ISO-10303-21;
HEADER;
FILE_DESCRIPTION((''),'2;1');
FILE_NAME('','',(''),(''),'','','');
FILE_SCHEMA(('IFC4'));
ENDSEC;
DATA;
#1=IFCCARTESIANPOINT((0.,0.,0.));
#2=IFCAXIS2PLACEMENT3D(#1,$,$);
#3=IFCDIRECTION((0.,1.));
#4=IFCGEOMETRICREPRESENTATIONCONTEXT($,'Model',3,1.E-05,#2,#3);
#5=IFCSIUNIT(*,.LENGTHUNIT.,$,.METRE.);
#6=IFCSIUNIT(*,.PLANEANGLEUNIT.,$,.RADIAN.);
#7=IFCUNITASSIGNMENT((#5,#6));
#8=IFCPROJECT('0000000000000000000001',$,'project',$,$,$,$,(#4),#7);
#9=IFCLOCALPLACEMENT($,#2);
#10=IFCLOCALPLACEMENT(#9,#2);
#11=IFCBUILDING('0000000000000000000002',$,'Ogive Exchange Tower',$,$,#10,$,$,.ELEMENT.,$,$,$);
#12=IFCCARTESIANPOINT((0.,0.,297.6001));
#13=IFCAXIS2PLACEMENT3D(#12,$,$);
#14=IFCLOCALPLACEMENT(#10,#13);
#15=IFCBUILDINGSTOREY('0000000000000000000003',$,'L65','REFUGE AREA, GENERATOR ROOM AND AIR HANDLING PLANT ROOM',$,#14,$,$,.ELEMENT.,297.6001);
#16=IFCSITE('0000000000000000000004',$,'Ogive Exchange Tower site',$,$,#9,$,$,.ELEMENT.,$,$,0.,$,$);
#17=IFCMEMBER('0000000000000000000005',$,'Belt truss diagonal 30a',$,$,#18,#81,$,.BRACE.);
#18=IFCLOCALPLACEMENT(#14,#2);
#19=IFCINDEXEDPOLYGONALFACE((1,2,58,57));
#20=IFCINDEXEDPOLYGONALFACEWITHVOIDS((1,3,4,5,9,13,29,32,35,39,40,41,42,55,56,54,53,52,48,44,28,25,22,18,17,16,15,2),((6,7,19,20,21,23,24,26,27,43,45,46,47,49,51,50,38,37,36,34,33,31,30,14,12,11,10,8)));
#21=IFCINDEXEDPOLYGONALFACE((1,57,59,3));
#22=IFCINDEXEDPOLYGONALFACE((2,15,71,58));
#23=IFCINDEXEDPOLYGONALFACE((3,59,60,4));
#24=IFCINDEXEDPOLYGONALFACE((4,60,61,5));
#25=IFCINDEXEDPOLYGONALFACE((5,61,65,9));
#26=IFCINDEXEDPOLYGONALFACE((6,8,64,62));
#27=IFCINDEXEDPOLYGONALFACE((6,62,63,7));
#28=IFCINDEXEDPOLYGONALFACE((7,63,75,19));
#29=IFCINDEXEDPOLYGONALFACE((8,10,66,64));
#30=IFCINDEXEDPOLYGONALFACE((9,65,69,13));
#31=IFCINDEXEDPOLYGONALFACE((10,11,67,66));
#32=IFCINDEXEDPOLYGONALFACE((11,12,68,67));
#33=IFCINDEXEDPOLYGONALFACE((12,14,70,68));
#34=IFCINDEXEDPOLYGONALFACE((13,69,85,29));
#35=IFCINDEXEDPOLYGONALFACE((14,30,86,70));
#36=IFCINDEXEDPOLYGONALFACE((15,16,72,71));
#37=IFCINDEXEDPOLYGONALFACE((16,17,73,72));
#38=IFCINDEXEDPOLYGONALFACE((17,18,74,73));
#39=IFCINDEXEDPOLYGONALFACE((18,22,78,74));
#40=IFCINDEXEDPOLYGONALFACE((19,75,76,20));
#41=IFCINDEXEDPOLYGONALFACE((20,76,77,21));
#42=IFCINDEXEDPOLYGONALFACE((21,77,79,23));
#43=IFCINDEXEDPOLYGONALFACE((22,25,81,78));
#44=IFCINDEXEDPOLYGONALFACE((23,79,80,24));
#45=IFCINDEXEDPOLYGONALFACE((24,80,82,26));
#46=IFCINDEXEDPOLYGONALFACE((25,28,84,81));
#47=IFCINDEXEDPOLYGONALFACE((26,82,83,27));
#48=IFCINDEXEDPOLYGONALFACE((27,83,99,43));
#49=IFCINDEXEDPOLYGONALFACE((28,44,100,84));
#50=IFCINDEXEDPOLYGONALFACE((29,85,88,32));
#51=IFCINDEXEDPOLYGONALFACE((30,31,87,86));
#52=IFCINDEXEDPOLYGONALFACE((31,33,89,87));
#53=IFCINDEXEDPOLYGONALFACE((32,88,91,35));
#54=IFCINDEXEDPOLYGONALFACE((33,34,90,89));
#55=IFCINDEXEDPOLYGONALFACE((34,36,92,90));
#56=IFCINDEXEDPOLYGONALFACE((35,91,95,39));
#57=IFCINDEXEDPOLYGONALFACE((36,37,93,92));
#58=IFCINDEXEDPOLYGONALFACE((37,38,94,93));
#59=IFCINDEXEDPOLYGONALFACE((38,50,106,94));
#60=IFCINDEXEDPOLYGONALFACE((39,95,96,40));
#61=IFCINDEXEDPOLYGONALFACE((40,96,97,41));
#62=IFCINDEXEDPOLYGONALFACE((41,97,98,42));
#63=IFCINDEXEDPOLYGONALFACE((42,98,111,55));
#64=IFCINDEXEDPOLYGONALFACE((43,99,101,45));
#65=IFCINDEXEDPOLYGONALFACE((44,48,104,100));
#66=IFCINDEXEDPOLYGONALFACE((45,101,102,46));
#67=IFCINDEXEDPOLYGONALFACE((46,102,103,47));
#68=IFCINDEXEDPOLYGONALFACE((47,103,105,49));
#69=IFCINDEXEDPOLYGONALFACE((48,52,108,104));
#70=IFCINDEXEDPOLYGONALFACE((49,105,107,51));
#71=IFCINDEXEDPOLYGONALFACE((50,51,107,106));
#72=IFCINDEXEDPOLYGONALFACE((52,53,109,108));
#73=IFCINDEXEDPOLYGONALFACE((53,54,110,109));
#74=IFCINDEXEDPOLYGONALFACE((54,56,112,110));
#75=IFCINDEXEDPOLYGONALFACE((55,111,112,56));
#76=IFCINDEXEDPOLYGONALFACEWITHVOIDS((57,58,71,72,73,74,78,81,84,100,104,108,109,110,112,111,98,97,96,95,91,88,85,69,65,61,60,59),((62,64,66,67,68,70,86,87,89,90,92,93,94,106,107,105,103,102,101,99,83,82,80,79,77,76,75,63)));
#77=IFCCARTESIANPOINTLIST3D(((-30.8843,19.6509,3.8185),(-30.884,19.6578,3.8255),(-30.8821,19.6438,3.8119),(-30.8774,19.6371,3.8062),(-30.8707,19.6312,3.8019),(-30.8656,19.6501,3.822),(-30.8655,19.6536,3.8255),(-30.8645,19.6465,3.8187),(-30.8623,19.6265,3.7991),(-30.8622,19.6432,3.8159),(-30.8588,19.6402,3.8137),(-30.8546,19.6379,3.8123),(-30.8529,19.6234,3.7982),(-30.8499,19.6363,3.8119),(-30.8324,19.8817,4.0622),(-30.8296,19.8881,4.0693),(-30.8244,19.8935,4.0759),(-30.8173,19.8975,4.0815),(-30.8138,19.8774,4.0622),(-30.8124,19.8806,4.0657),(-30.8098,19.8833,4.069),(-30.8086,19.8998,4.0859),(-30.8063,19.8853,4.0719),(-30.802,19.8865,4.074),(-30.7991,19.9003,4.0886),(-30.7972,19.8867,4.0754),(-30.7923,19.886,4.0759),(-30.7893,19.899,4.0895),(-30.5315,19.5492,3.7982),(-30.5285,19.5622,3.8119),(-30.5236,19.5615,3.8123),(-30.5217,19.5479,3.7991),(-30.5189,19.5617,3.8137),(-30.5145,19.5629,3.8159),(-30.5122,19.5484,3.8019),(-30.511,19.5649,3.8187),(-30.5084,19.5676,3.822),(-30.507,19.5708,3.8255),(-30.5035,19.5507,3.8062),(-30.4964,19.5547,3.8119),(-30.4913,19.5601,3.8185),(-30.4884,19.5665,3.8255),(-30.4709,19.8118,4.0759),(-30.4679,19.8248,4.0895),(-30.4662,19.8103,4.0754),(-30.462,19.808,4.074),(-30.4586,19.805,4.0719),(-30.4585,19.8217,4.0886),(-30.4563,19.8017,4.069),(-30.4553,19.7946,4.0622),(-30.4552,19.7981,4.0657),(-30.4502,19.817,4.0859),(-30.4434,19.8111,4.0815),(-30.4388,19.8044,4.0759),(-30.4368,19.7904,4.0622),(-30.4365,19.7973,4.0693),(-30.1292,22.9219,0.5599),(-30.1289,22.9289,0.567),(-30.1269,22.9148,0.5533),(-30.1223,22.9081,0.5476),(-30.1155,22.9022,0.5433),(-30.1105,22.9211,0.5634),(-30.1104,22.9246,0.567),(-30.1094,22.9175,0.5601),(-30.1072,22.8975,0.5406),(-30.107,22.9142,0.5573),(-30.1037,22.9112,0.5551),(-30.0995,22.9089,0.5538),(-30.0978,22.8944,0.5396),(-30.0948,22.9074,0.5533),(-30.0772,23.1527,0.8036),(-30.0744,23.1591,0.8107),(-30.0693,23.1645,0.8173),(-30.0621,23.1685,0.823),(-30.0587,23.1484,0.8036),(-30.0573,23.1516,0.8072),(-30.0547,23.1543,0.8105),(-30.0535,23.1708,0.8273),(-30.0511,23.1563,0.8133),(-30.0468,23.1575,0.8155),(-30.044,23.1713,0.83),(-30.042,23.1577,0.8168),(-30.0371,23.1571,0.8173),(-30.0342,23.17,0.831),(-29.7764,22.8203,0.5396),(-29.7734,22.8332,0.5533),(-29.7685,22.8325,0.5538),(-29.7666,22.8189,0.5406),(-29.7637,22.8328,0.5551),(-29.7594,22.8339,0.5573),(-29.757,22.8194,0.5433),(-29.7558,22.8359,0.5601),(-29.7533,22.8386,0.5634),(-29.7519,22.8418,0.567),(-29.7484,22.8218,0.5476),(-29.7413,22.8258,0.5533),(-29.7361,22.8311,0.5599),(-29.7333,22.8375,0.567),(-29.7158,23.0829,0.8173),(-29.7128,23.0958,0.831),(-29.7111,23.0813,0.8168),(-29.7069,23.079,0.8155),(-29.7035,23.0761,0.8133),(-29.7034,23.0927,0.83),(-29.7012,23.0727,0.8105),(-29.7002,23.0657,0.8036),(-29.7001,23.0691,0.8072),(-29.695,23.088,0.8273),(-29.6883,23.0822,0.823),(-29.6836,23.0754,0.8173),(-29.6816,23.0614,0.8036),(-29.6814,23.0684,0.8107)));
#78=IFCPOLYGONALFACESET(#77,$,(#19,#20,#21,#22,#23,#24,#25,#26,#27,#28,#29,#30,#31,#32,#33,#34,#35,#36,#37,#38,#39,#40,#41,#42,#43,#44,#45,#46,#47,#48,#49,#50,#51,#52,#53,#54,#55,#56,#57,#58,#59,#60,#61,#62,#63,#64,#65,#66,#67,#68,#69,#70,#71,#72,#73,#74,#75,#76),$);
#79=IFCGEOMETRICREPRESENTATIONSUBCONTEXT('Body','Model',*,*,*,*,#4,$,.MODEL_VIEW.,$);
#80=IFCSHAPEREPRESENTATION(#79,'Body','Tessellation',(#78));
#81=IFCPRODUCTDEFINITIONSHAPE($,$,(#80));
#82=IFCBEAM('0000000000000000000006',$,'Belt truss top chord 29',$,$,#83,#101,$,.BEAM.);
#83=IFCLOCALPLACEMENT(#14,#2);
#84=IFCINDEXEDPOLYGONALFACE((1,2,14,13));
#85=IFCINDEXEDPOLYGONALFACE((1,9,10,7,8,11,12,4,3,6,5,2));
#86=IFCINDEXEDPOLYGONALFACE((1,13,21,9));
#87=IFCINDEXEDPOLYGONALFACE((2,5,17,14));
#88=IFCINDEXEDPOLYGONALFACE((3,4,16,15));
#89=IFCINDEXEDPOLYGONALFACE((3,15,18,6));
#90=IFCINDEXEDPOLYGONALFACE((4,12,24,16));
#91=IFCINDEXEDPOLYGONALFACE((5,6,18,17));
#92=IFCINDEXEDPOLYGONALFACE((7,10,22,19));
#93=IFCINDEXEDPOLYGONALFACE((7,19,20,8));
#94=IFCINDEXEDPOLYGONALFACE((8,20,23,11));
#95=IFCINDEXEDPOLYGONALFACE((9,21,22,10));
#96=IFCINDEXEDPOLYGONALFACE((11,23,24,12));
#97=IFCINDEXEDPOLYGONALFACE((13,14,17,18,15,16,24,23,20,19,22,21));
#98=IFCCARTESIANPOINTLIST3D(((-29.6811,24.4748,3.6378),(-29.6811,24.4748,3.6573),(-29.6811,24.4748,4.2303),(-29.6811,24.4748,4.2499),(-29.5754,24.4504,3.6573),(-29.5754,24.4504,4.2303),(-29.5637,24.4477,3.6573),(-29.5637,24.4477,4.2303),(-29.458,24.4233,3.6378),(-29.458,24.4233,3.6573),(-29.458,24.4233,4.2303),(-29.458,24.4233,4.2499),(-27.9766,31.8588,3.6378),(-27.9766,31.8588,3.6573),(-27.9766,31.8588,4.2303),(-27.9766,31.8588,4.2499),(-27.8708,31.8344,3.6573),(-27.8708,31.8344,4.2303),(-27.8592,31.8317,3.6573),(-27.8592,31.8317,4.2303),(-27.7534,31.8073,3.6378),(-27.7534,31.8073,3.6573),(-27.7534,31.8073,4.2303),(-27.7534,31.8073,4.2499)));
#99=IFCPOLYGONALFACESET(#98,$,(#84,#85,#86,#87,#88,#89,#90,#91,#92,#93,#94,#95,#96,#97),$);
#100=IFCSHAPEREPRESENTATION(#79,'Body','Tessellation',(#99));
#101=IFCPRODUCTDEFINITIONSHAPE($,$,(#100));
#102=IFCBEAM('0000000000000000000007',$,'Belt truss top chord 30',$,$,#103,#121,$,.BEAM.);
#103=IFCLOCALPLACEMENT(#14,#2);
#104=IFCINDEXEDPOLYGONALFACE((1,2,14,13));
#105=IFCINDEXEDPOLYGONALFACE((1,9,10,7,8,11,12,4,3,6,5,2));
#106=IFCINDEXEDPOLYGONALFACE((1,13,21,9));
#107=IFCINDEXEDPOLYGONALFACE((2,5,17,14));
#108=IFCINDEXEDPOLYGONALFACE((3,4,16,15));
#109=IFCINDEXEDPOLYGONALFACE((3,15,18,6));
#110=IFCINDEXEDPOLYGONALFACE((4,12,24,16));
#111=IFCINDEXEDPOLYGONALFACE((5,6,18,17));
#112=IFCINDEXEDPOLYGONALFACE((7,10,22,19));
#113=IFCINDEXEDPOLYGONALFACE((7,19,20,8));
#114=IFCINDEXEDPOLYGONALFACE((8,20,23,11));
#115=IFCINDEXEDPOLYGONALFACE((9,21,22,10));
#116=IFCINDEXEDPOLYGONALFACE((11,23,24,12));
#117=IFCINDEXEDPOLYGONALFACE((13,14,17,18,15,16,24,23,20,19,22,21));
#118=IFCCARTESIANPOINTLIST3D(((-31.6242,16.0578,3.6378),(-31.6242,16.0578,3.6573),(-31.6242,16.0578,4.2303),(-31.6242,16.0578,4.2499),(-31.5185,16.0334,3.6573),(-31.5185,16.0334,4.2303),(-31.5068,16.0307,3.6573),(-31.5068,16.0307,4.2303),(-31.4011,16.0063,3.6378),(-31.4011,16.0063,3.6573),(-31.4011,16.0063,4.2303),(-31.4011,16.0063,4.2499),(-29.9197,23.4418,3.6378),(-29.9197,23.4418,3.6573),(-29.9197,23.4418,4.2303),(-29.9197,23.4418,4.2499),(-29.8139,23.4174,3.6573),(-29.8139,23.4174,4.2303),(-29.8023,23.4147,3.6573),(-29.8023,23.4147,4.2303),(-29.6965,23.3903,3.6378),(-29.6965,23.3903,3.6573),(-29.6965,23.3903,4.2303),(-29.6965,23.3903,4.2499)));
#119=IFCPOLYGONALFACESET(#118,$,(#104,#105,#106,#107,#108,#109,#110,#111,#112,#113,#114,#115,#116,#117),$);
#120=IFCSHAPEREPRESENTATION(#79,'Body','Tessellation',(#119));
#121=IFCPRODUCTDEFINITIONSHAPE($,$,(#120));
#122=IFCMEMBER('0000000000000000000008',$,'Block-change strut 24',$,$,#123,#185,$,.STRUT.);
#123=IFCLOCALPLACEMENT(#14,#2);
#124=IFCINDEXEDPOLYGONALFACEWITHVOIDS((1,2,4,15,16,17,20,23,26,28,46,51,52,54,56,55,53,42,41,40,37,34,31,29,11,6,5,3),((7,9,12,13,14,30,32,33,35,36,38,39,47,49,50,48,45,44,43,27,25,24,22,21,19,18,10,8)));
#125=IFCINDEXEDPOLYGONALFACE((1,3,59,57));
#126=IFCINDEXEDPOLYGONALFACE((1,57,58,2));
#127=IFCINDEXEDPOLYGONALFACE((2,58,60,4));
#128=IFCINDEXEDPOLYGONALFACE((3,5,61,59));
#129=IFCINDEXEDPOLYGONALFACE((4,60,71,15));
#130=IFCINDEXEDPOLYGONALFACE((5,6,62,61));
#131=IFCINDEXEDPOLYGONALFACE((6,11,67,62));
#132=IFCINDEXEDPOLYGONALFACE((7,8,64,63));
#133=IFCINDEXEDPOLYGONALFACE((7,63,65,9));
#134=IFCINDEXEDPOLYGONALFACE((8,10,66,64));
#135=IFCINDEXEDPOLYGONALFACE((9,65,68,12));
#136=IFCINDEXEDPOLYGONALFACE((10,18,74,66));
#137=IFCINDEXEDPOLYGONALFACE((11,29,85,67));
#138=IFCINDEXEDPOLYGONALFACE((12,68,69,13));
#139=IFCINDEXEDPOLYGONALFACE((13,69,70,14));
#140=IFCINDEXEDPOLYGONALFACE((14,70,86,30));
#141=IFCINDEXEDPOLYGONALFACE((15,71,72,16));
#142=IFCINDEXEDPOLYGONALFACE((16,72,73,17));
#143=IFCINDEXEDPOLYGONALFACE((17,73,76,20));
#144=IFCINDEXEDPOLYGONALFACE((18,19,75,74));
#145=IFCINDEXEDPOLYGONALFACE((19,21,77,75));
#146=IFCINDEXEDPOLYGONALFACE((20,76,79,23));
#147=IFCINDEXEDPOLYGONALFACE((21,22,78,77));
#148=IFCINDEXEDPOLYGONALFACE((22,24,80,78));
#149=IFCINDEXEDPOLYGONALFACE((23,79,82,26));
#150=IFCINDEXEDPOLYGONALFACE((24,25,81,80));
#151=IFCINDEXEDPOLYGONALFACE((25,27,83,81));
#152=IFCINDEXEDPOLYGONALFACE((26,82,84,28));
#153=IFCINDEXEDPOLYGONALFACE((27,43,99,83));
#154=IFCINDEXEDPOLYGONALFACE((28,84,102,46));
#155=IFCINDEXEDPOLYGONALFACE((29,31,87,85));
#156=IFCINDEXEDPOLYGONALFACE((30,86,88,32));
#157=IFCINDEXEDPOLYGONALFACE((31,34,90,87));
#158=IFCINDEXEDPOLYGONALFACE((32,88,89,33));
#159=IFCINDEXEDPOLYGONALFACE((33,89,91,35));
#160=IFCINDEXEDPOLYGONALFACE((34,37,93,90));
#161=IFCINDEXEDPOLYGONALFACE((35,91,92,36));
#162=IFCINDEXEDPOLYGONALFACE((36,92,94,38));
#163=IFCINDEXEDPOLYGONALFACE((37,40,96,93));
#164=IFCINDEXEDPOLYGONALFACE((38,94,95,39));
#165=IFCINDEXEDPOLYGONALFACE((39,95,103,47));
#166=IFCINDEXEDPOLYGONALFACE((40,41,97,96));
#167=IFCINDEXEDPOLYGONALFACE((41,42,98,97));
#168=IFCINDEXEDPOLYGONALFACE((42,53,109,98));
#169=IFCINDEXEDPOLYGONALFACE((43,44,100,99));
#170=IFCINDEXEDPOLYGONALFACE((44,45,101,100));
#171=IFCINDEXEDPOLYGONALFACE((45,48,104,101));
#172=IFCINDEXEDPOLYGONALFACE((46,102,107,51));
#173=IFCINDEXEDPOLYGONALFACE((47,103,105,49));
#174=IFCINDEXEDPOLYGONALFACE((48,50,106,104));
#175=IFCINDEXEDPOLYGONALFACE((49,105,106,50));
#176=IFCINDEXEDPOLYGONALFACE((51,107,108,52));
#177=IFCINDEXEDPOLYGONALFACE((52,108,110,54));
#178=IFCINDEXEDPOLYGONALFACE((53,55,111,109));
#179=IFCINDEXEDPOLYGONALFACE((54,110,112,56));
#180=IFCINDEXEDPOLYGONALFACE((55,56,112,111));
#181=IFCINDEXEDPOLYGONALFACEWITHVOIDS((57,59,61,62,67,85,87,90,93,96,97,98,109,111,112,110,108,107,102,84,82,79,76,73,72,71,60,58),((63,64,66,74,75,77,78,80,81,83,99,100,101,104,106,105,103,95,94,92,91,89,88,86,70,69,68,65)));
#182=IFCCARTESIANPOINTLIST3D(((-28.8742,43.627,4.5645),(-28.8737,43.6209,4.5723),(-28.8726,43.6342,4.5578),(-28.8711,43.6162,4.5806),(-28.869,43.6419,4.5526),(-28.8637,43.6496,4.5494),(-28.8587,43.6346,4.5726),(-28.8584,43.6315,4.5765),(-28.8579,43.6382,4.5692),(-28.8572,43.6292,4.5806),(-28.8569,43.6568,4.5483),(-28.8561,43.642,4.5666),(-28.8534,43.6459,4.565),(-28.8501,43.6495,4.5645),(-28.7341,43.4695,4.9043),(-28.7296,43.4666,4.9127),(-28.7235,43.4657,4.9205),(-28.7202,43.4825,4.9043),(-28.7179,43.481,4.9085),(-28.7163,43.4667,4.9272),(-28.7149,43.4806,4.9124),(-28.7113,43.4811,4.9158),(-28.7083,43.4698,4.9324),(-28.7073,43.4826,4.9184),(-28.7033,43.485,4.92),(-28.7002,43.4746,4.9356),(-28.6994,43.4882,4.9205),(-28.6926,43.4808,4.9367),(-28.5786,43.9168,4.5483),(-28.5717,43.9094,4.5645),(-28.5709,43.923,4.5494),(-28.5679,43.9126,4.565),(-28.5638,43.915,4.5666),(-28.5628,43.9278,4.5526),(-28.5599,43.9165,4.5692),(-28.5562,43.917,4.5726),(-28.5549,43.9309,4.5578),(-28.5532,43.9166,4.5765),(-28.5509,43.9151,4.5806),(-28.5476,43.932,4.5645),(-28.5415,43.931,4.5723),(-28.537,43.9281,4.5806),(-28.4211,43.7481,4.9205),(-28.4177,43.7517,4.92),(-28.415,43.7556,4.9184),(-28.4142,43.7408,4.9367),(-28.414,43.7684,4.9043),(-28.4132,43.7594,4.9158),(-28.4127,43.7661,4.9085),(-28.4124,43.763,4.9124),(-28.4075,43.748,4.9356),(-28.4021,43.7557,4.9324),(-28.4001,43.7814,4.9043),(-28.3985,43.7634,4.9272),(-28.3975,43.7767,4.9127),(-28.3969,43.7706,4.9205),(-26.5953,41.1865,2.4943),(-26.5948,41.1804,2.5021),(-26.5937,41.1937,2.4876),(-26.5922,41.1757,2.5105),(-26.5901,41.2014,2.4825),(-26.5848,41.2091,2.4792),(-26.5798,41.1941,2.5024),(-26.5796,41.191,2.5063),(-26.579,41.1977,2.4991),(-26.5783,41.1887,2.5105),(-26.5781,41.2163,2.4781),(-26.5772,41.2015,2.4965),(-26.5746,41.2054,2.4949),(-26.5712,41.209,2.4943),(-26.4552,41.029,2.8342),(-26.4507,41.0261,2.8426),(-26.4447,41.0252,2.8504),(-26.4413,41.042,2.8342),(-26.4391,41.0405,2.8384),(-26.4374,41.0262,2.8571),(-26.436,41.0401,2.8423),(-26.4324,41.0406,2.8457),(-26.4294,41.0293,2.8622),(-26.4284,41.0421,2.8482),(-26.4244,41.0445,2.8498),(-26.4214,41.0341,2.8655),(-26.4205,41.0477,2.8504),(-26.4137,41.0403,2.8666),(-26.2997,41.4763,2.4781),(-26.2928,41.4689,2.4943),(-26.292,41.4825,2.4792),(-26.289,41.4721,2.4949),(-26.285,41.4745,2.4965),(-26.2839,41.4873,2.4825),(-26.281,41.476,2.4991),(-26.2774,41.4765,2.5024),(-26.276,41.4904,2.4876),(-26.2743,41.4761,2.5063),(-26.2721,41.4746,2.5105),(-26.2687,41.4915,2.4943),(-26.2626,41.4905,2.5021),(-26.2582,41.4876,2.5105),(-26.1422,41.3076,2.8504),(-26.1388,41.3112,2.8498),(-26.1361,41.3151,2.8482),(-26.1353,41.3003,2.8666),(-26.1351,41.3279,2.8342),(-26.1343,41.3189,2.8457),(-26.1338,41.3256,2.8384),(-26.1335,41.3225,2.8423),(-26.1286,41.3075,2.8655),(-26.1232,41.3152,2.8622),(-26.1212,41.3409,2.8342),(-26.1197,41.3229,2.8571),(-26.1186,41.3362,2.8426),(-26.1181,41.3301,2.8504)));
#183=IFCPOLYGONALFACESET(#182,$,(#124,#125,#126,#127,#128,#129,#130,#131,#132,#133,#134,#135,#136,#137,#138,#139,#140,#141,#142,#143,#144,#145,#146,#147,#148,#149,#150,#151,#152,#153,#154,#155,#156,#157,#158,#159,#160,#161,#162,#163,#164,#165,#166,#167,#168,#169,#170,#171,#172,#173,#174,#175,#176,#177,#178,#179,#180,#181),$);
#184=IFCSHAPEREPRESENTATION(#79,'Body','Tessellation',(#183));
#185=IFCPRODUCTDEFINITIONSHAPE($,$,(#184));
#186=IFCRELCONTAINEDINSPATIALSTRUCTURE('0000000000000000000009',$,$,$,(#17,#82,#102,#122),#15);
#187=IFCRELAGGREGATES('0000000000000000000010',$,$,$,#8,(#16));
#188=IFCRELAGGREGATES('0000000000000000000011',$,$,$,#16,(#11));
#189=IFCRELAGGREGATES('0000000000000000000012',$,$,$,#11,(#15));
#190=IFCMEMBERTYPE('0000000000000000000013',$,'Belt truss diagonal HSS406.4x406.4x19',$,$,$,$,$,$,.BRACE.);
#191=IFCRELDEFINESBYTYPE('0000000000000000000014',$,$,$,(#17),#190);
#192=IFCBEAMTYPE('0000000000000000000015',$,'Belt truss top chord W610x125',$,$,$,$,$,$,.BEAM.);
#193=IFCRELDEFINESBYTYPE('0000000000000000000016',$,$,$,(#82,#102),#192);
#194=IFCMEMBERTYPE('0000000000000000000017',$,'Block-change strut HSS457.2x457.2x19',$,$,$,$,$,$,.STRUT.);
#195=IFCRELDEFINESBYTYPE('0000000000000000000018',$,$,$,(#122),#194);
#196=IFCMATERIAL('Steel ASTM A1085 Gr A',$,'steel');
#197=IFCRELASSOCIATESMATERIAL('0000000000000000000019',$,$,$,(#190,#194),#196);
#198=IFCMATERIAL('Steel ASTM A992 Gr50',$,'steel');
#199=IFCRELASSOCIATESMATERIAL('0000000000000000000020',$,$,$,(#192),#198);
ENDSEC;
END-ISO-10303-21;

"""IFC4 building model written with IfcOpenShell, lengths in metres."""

from ifc_helpers import new_model, si_unit, direction, frame, origin, origin_2d, place, context, subcontext, project, spatial, hollow_rectangle, i_section, extrude, material, material_profile, profile_set, type_object, element, save


model = new_model("IFC4")

# Units and contexts
model_context = context("Model", 3, precision=1e-05, world=origin(), true_north=direction((0.0, 1.0)))
body_context = subcontext(model_context, "Body", "Model", "MODEL_VIEW")
ifc_project = project(units=[si_unit("LENGTHUNIT", "METRE"), si_unit("PLANEANGLEUNIT", "RADIAN")], contexts=[model_context])

# Site, building, storey
site_placement = place(None, origin())
site = spatial("IfcSite", under=ifc_project, at=site_placement, Name="Ogive Exchange Tower site", CompositionType="ELEMENT", RefElevation=0.0)
building_placement = place(site_placement, origin())
building = spatial("IfcBuilding", under=site, at=building_placement, Name="Ogive Exchange Tower", CompositionType="ELEMENT")
storey_placement = place(building_placement, frame((0.0, 0.0, 297.6001)))
storey = spatial("IfcBuildingStorey", under=building, at=storey_placement, Name="L65", Description="REFUGE AREA, GENERATOR ROOM AND AIR HANDLING PLANT ROOM", CompositionType="ELEMENT", Elevation=297.6001)

# Shared definitions
ifc_material_1 = material(Name="Steel ASTM A992 Gr50", Category="steel")

# Member
ifc_material_2 = material(Name="Steel ASTM A1085 Gr A", Category="steel")
ifc_material_profile_1 = material_profile(ifc_material_2, hollow_rectangle(XDim=0.406, YDim=0.406, WallThickness=0.019, InnerFilletRadius=0.019, OuterFilletRadius=0.0381, at=origin_2d()), Name="HSS406.4x406.4x19")
ifc_profile_set_1 = profile_set([ifc_material_profile_1], Name="Steel ASTM A1085 Gr A")
member_type_1 = type_object("IfcMemberType", Name="Belt truss diagonal HSS406.4x406.4x19", PredefinedType="BRACE", material=ifc_profile_set_1)
member_1_placement = place(storey_placement, frame((-29.9053, 22.9951, 0.6853), z_axis=(-0.161406, -0.699165, 0.696503), x_axis=(0.974373, -0.224939, 0.0)))
element("IfcMember", 1, at=member_1_placement, inside=storey, type_object=member_type_1, Name="Belt truss diagonal 30a", PredefinedType="BRACE", context=body_context, shape_type="SweptSolid", body=[
    extrude(hollow_rectangle(XDim=0.406, YDim=0.406, WallThickness=0.019, InnerFilletRadius=0.019, OuterFilletRadius=0.0381, at=origin_2d()), origin(), (0.0, 0.0, 1.0), 4.6785),
])

# Beams
ifc_material_profile_2 = material_profile(ifc_material_1, i_section(OverallWidth=0.229, OverallDepth=0.6121, WebThickness=0.012, FlangeThickness=0.0195, at=origin_2d()), Name="W610x125")
ifc_profile_set_2 = profile_set([ifc_material_profile_2], Name="Steel ASTM A992 Gr50")
beam_type_1 = type_object("IfcBeamType", Name="Belt truss top chord W610x125", PredefinedType="BEAM", material=ifc_profile_set_2)
for number, where, z_axis, x_axis, name in (
    (2, (-27.865, 31.833, 3.9438), (-0.224932, -0.974374, 0.0), (0.974374, -0.224932, 0.0), "Belt truss top chord 29"),
    (3, (-29.8081, 23.416, 3.9438), (-0.224932, -0.974374, 0.0), (0.974374, -0.224932, 0.0), "Belt truss top chord 30"),
):
    element("IfcBeam", number, at=place(storey_placement, frame(where, z_axis=z_axis, x_axis=x_axis)), inside=storey, type_object=beam_type_1, Name=name, PredefinedType="BEAM", context=body_context, shape_type="SweptSolid", body=[
        extrude(i_section(OverallWidth=0.229, OverallDepth=0.6121, WebThickness=0.012, FlangeThickness=0.0195, at=origin_2d()), origin(), (0.0, 0.0, 1.0), 7.5781),
    ])

# Member
ifc_material_profile_3 = material_profile(ifc_material_2, hollow_rectangle(XDim=0.457, YDim=0.457, WallThickness=0.019, InnerFilletRadius=0.019, OuterFilletRadius=0.0381, at=origin_2d()), Name="HSS457.2x457.2x19")
ifc_profile_set_3 = profile_set([ifc_material_profile_3], Name="Steel ASTM A1085 Gr A")
member_type_2 = type_object("IfcMemberType", Name="Block-change strut HSS457.2x457.2x19", PredefinedType="STRUT", material=ifc_profile_set_3)
member_2_placement = place(storey_placement, frame((-26.3567, 41.2583, 2.6724), z_axis=(-0.580057, 0.621197, 0.526924), x_axis=(-0.730895, -0.68249, 0.0)))
element("IfcMember", 4, at=member_2_placement, inside=storey, type_object=member_type_2, Name="Block-change strut 24", PredefinedType="STRUT", context=body_context, shape_type="SweptSolid", body=[
    extrude(hollow_rectangle(XDim=0.457, YDim=0.457, WallThickness=0.019, InnerFilletRadius=0.019, OuterFilletRadius=0.0381, at=origin_2d()), origin(), (0.0, 0.0, 1.0), 3.9287),
])

save(model, "model.ifc")
